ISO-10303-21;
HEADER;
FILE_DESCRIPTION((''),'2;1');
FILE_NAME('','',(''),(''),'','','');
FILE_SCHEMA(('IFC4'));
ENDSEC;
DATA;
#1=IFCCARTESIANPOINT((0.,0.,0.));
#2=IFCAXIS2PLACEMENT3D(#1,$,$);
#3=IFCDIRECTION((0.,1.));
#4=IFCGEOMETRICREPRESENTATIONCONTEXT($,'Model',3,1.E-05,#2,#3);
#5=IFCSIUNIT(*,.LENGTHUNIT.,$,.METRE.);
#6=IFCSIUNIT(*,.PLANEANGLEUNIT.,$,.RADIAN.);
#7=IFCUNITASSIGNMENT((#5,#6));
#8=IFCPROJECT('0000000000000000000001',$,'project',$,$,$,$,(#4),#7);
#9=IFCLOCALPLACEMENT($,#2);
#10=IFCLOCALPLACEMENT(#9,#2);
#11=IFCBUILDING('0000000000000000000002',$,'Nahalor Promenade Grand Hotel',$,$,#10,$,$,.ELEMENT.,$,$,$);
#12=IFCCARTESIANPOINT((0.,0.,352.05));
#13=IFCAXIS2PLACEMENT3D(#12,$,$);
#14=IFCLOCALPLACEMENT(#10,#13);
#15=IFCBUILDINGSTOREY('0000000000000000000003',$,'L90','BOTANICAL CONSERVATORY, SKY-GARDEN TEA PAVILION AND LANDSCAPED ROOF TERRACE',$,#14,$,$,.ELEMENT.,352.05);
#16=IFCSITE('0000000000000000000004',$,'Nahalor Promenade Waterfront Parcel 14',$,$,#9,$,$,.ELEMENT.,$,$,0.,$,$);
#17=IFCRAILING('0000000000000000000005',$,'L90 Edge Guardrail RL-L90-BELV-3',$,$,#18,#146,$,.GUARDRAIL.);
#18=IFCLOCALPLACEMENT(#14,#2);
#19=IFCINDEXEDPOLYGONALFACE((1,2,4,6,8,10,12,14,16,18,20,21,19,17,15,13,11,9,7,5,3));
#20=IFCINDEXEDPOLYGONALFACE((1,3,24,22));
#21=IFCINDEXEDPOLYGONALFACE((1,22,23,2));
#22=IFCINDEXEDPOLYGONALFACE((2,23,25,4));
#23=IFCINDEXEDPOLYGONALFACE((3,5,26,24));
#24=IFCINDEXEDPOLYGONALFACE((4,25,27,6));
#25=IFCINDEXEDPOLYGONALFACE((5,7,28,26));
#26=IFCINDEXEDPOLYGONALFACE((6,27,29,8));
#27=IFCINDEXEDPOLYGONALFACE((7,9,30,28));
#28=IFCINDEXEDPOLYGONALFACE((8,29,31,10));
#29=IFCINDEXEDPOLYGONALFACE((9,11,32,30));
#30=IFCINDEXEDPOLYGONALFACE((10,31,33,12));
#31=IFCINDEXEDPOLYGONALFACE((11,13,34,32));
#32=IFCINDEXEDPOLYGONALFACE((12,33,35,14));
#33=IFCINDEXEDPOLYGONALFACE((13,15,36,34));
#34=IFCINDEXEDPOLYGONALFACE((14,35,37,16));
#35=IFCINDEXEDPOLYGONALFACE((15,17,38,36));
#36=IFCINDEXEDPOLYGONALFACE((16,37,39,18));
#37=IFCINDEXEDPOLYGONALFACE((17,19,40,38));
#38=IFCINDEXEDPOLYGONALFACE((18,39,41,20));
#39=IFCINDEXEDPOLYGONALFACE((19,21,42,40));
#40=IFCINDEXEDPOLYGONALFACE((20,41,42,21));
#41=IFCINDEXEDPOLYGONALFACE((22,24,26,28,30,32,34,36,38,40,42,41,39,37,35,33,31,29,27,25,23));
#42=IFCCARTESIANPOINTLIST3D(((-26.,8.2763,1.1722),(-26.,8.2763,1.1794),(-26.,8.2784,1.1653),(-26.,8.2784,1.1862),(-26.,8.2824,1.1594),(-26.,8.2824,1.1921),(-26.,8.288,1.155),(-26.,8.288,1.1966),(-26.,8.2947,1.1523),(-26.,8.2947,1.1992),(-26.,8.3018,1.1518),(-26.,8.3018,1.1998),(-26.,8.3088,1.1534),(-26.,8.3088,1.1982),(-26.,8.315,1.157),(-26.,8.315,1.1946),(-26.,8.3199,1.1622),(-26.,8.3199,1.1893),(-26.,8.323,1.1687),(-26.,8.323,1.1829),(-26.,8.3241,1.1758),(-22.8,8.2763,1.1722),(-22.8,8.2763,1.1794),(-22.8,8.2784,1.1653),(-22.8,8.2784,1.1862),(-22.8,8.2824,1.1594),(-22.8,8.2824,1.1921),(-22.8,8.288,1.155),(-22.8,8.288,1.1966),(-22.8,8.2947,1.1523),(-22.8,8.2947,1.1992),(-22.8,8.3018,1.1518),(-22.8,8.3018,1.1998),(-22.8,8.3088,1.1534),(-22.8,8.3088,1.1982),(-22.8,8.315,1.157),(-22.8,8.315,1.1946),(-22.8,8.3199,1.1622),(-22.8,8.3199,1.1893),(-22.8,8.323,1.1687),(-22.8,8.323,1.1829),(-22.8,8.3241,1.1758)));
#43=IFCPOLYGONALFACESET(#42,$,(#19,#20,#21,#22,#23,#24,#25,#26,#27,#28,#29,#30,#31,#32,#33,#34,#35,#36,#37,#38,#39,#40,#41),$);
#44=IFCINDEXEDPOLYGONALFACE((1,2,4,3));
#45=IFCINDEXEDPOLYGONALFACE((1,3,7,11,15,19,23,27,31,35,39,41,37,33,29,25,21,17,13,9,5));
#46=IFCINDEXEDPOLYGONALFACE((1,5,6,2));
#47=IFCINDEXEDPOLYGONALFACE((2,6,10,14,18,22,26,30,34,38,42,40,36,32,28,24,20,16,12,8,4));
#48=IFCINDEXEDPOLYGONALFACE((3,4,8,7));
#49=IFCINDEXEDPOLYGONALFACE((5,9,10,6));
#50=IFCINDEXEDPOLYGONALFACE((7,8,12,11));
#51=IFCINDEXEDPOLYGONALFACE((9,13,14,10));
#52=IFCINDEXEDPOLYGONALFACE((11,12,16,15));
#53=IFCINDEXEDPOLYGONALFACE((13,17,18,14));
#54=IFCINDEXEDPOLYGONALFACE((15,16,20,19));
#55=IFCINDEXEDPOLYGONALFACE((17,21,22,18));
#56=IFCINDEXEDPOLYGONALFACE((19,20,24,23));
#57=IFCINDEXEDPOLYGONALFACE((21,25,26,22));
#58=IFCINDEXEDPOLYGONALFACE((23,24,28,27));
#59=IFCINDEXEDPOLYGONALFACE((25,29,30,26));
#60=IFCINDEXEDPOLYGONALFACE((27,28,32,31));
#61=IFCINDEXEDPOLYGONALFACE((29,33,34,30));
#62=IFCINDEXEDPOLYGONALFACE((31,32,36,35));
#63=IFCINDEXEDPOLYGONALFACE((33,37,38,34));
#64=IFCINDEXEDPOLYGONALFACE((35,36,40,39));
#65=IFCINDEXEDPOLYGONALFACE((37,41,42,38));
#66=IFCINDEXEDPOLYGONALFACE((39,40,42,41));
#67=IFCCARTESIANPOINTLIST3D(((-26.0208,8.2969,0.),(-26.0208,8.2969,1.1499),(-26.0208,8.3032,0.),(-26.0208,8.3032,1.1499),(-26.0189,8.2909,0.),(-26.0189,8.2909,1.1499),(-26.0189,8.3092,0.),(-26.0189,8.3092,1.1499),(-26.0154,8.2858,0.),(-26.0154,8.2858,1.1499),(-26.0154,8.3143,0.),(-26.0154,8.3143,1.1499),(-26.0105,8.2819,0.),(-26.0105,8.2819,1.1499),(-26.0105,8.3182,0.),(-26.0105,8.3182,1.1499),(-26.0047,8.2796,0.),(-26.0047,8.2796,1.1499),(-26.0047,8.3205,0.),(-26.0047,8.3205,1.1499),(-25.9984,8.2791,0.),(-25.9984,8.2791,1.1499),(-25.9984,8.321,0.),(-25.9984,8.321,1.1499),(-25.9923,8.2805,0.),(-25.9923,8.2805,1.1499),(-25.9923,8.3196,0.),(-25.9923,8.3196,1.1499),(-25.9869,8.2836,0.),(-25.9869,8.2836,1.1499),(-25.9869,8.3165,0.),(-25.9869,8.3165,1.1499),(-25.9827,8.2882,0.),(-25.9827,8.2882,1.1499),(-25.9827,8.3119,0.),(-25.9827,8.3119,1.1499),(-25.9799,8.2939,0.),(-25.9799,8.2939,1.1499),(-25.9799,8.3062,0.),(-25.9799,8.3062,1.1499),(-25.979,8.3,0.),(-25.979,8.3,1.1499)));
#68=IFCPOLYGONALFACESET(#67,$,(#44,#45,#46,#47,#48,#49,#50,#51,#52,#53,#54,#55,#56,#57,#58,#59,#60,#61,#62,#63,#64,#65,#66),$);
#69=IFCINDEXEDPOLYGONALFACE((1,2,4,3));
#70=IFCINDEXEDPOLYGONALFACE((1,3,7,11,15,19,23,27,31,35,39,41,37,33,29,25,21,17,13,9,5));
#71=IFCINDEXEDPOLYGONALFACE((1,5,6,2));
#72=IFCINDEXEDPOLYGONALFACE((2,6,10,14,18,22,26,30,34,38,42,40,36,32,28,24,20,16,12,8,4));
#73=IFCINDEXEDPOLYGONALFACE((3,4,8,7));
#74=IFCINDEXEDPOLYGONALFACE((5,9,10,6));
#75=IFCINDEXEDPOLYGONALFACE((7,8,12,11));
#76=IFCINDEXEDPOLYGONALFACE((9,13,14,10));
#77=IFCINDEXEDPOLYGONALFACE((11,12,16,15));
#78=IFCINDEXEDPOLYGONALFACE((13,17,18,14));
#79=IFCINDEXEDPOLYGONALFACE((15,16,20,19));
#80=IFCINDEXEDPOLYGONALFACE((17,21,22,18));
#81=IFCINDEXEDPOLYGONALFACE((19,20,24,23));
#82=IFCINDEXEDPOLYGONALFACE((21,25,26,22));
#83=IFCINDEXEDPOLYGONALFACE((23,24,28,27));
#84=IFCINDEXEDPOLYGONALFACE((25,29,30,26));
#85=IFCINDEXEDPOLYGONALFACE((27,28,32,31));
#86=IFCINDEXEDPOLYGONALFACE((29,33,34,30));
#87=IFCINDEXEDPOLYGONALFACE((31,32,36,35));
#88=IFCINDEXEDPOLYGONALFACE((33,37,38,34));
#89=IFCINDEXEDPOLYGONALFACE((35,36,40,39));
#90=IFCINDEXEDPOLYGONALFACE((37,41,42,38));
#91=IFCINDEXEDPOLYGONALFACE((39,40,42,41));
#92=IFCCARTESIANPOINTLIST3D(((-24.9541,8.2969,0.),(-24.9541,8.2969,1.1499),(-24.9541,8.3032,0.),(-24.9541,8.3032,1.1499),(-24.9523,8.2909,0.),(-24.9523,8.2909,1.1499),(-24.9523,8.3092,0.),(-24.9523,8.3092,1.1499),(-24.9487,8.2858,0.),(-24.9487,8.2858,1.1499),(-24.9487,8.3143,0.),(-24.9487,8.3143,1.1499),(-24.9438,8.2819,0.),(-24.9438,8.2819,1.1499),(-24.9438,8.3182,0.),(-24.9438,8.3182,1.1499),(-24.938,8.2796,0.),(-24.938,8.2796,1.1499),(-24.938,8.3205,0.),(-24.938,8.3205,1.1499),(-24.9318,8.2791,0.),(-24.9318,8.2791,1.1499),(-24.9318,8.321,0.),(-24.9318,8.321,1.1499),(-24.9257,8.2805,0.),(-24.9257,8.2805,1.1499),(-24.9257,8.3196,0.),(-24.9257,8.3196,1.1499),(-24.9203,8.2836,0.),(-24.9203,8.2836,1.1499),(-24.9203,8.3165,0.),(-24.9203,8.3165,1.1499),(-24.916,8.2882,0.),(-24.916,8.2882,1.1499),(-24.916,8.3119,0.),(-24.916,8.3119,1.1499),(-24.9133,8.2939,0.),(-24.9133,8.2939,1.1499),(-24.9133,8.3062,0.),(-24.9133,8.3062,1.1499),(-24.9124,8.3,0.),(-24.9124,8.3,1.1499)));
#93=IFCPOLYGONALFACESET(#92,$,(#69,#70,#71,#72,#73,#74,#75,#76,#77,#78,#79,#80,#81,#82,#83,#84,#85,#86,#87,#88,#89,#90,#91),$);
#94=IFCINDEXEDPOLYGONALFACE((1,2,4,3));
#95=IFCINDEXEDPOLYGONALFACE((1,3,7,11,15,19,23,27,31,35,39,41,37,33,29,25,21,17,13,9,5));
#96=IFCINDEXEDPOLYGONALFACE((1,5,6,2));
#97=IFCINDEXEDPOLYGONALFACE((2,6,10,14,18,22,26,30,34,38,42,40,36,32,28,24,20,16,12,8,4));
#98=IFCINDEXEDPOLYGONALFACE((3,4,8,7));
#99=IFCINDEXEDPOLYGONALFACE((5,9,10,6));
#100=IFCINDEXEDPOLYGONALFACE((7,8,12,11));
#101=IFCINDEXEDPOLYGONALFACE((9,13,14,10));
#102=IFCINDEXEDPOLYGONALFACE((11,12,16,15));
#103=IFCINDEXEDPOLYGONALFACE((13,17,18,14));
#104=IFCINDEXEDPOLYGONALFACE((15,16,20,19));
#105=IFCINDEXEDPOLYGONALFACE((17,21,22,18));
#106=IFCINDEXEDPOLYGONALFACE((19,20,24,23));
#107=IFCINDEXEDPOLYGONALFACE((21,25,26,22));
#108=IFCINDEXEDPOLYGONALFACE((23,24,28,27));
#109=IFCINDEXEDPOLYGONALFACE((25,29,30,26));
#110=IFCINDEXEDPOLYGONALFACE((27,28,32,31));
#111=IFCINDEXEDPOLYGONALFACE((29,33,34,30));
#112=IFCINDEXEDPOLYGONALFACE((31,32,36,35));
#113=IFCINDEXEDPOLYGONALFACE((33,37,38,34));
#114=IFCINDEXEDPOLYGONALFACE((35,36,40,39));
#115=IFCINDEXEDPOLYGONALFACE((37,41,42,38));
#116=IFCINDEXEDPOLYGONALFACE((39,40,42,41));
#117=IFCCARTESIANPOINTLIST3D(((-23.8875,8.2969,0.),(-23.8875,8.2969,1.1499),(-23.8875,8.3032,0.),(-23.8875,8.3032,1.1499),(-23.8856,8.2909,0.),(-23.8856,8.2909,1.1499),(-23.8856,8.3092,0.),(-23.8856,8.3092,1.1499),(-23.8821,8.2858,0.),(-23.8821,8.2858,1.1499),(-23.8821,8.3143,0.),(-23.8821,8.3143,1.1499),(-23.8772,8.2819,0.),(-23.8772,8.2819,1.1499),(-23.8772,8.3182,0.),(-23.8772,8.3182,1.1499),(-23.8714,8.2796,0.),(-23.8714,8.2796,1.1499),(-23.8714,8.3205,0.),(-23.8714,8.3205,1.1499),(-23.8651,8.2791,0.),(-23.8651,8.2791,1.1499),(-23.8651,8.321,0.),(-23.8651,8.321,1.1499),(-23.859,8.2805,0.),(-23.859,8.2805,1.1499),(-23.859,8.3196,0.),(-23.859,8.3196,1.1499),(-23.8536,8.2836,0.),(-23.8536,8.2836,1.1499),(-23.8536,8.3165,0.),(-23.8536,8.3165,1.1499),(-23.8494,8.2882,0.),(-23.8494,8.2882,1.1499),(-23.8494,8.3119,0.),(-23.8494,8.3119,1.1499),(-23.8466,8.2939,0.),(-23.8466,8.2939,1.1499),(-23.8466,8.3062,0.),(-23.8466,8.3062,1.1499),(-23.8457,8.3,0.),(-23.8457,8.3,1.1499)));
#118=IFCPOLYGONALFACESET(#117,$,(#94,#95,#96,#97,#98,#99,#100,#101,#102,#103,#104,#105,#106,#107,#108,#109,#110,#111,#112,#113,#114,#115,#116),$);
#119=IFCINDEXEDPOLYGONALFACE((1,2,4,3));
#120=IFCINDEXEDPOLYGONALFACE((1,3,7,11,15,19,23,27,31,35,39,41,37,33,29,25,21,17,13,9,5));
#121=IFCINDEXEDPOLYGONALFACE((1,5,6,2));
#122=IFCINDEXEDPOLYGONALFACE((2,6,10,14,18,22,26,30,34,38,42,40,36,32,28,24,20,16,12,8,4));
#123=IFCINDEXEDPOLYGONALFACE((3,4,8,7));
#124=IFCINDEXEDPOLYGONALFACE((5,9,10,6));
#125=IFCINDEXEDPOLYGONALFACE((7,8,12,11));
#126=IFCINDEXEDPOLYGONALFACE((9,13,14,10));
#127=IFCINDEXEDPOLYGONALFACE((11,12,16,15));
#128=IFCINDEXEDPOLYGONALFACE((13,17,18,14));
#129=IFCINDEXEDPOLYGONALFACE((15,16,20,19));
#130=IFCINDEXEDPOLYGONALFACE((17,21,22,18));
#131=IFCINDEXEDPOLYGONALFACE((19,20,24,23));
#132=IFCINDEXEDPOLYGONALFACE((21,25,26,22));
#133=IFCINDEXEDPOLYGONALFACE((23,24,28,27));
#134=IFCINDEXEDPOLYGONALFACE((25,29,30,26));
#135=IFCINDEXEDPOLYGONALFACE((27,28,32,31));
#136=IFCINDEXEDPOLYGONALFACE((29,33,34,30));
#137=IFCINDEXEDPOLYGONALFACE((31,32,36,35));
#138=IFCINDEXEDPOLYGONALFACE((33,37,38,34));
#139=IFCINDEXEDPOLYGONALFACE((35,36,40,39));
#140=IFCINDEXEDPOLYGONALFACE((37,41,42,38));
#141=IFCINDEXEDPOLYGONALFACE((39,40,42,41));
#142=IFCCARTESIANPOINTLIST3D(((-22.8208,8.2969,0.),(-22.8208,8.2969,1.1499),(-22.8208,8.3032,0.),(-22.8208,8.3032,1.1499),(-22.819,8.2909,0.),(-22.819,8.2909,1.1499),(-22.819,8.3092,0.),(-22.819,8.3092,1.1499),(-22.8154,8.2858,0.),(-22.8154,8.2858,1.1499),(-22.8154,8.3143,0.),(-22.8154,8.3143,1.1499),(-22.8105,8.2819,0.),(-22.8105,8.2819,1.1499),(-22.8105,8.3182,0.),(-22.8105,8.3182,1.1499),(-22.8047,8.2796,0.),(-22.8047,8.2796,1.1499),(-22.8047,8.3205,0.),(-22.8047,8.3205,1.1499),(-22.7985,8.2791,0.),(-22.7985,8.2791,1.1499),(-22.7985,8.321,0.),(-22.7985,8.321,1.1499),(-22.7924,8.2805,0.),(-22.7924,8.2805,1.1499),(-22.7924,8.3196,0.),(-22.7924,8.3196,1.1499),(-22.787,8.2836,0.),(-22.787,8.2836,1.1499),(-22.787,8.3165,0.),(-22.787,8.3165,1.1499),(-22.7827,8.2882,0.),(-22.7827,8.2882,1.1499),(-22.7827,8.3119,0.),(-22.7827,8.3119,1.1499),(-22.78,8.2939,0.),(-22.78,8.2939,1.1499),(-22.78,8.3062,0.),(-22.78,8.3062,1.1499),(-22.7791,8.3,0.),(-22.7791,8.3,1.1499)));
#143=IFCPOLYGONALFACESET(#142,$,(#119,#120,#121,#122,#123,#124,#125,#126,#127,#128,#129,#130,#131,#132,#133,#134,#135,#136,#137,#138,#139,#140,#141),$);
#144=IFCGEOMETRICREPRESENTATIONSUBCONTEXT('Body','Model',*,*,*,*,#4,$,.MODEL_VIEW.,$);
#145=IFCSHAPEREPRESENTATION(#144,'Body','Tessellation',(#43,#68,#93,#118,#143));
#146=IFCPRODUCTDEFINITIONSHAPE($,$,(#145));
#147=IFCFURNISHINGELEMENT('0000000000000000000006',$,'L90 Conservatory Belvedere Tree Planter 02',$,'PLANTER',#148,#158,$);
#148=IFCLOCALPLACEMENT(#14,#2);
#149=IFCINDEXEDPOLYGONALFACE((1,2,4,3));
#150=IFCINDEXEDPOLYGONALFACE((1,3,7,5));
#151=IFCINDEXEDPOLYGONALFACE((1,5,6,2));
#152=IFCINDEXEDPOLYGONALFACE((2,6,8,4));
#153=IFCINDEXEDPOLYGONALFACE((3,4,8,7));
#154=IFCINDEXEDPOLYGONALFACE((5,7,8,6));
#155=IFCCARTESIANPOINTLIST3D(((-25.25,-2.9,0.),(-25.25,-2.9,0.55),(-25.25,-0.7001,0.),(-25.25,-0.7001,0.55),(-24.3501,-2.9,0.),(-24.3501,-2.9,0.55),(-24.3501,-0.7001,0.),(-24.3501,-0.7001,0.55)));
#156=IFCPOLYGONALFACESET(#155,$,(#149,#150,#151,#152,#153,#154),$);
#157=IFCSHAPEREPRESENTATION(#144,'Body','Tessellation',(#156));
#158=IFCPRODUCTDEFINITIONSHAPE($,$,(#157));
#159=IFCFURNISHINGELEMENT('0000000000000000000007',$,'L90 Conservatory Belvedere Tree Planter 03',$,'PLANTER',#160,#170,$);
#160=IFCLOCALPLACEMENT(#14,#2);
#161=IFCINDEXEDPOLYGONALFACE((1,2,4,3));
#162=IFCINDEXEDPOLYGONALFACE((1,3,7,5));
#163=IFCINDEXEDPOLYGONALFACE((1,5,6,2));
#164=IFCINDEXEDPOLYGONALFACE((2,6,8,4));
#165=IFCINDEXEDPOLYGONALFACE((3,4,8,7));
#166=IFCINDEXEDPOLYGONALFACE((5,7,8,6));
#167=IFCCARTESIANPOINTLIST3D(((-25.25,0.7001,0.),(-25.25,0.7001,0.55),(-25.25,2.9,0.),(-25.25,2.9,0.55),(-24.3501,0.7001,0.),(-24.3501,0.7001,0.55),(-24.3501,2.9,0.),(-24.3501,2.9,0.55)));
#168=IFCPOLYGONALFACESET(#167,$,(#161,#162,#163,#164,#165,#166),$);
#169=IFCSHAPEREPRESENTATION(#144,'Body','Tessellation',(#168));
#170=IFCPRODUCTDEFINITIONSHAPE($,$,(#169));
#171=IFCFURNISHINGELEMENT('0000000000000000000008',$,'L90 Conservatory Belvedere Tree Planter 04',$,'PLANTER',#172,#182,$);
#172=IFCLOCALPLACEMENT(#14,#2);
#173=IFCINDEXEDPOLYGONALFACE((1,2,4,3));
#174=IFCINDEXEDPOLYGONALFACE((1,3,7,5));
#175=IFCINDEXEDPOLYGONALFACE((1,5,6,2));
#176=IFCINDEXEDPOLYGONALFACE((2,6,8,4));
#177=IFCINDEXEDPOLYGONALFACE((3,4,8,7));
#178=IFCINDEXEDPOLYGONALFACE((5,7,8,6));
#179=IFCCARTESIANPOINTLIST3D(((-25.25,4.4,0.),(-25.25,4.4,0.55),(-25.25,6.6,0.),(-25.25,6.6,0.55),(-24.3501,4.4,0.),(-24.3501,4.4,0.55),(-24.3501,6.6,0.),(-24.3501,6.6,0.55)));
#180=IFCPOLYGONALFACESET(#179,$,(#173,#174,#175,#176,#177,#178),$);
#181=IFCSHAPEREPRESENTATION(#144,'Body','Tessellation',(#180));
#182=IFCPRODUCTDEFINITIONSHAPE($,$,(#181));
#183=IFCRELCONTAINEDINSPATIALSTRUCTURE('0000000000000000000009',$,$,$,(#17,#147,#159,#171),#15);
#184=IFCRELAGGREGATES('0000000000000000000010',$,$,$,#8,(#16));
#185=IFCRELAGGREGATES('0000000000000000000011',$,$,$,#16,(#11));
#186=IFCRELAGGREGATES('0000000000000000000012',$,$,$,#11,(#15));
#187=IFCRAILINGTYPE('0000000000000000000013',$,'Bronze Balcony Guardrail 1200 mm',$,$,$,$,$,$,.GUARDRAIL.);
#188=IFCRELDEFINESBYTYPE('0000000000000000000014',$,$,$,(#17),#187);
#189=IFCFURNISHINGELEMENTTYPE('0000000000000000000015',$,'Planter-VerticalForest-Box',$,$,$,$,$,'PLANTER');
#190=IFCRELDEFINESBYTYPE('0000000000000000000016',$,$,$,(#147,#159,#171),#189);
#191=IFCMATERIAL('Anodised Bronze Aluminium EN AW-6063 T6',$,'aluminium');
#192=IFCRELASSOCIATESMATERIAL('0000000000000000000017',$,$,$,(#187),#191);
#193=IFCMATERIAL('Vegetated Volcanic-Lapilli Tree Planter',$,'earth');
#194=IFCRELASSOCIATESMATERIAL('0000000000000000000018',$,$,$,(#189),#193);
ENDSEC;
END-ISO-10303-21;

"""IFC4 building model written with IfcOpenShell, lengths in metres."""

from ifc_helpers import new_model, si_unit, direction, frame, origin, origin_2d, place, context, subcontext, project, spatial, rectangle, circle, extrude, source, transform, mapped, material, type_object, element, save


model = new_model("IFC4")

# Units and contexts
model_context = context("Model", 3, precision=1e-05, world=origin(), true_north=direction((0.0, 1.0)))
body_context = subcontext(model_context, "Body", "Model", "MODEL_VIEW")
ifc_project = project(units=[si_unit("LENGTHUNIT", "METRE"), si_unit("PLANEANGLEUNIT", "RADIAN")], contexts=[model_context])

# Site, building, storey
site_placement = place(None, origin())
site = spatial("IfcSite", under=ifc_project, at=site_placement, Name="Nahalor Promenade Waterfront Parcel 14", CompositionType="ELEMENT", RefElevation=0.0)
building_placement = place(site_placement, origin())
building = spatial("IfcBuilding", under=site, at=building_placement, Name="Nahalor Promenade Grand Hotel", CompositionType="ELEMENT")
storey_placement = place(building_placement, frame((0.0, 0.0, 352.05)))
storey = spatial("IfcBuildingStorey", under=building, at=storey_placement, Name="L90", Description="BOTANICAL CONSERVATORY, SKY-GARDEN TEA PAVILION AND LANDSCAPED ROOF TERRACE", CompositionType="ELEMENT", Elevation=352.05)

# Shared definitions
ifc_material_1 = material(Name="Anodised Bronze Aluminium EN AW-6063 T6", Category="aluminium")

# Railing
railing_type = type_object("IfcRailingType", Name="Bronze Balcony Guardrail 1200 mm", PredefinedType="GUARDRAIL", material=ifc_material_1)
railing_placement = place(storey_placement, frame((-26.0, 8.3, 0.0)))
element("IfcRailing", 1, at=railing_placement, inside=storey, type_object=railing_type, Name="L90 Edge Guardrail RL-L90-BELV-3", PredefinedType="GUARDRAIL", context=body_context, shape_type="SweptSolid", body=[
    extrude(circle(Radius=0.024, at=origin_2d()), frame((0.0, 0.0, 1.1758), z_axis=(1.0, 0.0, 0.0), x_axis=(0.0, 1.0, 0.0)), (0.0, 0.0, 1.0), 3.2),
    extrude(circle(Radius=0.021, at=origin_2d()), origin(), (0.0, 0.0, 1.0), 1.1499),
    extrude(circle(Radius=0.021, at=origin_2d()), frame((1.0667, 0.0, 0.0)), (0.0, 0.0, 1.0), 1.1499),
    extrude(circle(Radius=0.021, at=origin_2d()), frame((2.1333, 0.0, 0.0)), (0.0, 0.0, 1.0), 1.1499),
    extrude(circle(Radius=0.021, at=origin_2d()), frame((3.2, 0.0, 0.0)), (0.0, 0.0, 1.0), 1.1499),
])

# Furnishing elements
ifc_material_2 = material(Name="Vegetated Volcanic-Lapilli Tree Planter", Category="earth")
furnishing_element_type = type_object("IfcFurnishingElementType", Name="Planter-VerticalForest-Box", ElementType="PLANTER", material=ifc_material_2)
shared_shape_1 = source(origin(), body_context, "Body", "SweptSolid", [
    extrude(rectangle(XDim=0.8999, YDim=2.2, at=origin_2d()), origin(), (0.0, 0.0, 1.0), 0.55),
])
for number, where, z_axis, x_axis, name in (
    (2, (-24.8, -1.8, 0.0), (0.0, 0.0, 1.0), (1.0, 0.0, 0.0), "L90 Conservatory Belvedere Tree Planter 02"),
    (3, (-24.8, 1.8, 0.0), (0.0, 0.0, 1.0), (1.0, 0.0, 0.0), "L90 Conservatory Belvedere Tree Planter 03"),
    (4, (-24.8, 5.5, 0.0), (0.0, 0.0, 1.0), (1.0, 0.0, 0.0), "L90 Conservatory Belvedere Tree Planter 04"),
):
    element("IfcFurnishingElement", number, at=place(storey_placement, frame(where, z_axis=z_axis, x_axis=x_axis)), inside=storey, type_object=furnishing_element_type, Name=name, ObjectType="PLANTER", context=body_context, shape_type="MappedRepresentation", body=[
        mapped(shared_shape_1, transform((0.0, 0.0, 0.0), scale=1.0)),
    ])

save(model, "model.ifc")
